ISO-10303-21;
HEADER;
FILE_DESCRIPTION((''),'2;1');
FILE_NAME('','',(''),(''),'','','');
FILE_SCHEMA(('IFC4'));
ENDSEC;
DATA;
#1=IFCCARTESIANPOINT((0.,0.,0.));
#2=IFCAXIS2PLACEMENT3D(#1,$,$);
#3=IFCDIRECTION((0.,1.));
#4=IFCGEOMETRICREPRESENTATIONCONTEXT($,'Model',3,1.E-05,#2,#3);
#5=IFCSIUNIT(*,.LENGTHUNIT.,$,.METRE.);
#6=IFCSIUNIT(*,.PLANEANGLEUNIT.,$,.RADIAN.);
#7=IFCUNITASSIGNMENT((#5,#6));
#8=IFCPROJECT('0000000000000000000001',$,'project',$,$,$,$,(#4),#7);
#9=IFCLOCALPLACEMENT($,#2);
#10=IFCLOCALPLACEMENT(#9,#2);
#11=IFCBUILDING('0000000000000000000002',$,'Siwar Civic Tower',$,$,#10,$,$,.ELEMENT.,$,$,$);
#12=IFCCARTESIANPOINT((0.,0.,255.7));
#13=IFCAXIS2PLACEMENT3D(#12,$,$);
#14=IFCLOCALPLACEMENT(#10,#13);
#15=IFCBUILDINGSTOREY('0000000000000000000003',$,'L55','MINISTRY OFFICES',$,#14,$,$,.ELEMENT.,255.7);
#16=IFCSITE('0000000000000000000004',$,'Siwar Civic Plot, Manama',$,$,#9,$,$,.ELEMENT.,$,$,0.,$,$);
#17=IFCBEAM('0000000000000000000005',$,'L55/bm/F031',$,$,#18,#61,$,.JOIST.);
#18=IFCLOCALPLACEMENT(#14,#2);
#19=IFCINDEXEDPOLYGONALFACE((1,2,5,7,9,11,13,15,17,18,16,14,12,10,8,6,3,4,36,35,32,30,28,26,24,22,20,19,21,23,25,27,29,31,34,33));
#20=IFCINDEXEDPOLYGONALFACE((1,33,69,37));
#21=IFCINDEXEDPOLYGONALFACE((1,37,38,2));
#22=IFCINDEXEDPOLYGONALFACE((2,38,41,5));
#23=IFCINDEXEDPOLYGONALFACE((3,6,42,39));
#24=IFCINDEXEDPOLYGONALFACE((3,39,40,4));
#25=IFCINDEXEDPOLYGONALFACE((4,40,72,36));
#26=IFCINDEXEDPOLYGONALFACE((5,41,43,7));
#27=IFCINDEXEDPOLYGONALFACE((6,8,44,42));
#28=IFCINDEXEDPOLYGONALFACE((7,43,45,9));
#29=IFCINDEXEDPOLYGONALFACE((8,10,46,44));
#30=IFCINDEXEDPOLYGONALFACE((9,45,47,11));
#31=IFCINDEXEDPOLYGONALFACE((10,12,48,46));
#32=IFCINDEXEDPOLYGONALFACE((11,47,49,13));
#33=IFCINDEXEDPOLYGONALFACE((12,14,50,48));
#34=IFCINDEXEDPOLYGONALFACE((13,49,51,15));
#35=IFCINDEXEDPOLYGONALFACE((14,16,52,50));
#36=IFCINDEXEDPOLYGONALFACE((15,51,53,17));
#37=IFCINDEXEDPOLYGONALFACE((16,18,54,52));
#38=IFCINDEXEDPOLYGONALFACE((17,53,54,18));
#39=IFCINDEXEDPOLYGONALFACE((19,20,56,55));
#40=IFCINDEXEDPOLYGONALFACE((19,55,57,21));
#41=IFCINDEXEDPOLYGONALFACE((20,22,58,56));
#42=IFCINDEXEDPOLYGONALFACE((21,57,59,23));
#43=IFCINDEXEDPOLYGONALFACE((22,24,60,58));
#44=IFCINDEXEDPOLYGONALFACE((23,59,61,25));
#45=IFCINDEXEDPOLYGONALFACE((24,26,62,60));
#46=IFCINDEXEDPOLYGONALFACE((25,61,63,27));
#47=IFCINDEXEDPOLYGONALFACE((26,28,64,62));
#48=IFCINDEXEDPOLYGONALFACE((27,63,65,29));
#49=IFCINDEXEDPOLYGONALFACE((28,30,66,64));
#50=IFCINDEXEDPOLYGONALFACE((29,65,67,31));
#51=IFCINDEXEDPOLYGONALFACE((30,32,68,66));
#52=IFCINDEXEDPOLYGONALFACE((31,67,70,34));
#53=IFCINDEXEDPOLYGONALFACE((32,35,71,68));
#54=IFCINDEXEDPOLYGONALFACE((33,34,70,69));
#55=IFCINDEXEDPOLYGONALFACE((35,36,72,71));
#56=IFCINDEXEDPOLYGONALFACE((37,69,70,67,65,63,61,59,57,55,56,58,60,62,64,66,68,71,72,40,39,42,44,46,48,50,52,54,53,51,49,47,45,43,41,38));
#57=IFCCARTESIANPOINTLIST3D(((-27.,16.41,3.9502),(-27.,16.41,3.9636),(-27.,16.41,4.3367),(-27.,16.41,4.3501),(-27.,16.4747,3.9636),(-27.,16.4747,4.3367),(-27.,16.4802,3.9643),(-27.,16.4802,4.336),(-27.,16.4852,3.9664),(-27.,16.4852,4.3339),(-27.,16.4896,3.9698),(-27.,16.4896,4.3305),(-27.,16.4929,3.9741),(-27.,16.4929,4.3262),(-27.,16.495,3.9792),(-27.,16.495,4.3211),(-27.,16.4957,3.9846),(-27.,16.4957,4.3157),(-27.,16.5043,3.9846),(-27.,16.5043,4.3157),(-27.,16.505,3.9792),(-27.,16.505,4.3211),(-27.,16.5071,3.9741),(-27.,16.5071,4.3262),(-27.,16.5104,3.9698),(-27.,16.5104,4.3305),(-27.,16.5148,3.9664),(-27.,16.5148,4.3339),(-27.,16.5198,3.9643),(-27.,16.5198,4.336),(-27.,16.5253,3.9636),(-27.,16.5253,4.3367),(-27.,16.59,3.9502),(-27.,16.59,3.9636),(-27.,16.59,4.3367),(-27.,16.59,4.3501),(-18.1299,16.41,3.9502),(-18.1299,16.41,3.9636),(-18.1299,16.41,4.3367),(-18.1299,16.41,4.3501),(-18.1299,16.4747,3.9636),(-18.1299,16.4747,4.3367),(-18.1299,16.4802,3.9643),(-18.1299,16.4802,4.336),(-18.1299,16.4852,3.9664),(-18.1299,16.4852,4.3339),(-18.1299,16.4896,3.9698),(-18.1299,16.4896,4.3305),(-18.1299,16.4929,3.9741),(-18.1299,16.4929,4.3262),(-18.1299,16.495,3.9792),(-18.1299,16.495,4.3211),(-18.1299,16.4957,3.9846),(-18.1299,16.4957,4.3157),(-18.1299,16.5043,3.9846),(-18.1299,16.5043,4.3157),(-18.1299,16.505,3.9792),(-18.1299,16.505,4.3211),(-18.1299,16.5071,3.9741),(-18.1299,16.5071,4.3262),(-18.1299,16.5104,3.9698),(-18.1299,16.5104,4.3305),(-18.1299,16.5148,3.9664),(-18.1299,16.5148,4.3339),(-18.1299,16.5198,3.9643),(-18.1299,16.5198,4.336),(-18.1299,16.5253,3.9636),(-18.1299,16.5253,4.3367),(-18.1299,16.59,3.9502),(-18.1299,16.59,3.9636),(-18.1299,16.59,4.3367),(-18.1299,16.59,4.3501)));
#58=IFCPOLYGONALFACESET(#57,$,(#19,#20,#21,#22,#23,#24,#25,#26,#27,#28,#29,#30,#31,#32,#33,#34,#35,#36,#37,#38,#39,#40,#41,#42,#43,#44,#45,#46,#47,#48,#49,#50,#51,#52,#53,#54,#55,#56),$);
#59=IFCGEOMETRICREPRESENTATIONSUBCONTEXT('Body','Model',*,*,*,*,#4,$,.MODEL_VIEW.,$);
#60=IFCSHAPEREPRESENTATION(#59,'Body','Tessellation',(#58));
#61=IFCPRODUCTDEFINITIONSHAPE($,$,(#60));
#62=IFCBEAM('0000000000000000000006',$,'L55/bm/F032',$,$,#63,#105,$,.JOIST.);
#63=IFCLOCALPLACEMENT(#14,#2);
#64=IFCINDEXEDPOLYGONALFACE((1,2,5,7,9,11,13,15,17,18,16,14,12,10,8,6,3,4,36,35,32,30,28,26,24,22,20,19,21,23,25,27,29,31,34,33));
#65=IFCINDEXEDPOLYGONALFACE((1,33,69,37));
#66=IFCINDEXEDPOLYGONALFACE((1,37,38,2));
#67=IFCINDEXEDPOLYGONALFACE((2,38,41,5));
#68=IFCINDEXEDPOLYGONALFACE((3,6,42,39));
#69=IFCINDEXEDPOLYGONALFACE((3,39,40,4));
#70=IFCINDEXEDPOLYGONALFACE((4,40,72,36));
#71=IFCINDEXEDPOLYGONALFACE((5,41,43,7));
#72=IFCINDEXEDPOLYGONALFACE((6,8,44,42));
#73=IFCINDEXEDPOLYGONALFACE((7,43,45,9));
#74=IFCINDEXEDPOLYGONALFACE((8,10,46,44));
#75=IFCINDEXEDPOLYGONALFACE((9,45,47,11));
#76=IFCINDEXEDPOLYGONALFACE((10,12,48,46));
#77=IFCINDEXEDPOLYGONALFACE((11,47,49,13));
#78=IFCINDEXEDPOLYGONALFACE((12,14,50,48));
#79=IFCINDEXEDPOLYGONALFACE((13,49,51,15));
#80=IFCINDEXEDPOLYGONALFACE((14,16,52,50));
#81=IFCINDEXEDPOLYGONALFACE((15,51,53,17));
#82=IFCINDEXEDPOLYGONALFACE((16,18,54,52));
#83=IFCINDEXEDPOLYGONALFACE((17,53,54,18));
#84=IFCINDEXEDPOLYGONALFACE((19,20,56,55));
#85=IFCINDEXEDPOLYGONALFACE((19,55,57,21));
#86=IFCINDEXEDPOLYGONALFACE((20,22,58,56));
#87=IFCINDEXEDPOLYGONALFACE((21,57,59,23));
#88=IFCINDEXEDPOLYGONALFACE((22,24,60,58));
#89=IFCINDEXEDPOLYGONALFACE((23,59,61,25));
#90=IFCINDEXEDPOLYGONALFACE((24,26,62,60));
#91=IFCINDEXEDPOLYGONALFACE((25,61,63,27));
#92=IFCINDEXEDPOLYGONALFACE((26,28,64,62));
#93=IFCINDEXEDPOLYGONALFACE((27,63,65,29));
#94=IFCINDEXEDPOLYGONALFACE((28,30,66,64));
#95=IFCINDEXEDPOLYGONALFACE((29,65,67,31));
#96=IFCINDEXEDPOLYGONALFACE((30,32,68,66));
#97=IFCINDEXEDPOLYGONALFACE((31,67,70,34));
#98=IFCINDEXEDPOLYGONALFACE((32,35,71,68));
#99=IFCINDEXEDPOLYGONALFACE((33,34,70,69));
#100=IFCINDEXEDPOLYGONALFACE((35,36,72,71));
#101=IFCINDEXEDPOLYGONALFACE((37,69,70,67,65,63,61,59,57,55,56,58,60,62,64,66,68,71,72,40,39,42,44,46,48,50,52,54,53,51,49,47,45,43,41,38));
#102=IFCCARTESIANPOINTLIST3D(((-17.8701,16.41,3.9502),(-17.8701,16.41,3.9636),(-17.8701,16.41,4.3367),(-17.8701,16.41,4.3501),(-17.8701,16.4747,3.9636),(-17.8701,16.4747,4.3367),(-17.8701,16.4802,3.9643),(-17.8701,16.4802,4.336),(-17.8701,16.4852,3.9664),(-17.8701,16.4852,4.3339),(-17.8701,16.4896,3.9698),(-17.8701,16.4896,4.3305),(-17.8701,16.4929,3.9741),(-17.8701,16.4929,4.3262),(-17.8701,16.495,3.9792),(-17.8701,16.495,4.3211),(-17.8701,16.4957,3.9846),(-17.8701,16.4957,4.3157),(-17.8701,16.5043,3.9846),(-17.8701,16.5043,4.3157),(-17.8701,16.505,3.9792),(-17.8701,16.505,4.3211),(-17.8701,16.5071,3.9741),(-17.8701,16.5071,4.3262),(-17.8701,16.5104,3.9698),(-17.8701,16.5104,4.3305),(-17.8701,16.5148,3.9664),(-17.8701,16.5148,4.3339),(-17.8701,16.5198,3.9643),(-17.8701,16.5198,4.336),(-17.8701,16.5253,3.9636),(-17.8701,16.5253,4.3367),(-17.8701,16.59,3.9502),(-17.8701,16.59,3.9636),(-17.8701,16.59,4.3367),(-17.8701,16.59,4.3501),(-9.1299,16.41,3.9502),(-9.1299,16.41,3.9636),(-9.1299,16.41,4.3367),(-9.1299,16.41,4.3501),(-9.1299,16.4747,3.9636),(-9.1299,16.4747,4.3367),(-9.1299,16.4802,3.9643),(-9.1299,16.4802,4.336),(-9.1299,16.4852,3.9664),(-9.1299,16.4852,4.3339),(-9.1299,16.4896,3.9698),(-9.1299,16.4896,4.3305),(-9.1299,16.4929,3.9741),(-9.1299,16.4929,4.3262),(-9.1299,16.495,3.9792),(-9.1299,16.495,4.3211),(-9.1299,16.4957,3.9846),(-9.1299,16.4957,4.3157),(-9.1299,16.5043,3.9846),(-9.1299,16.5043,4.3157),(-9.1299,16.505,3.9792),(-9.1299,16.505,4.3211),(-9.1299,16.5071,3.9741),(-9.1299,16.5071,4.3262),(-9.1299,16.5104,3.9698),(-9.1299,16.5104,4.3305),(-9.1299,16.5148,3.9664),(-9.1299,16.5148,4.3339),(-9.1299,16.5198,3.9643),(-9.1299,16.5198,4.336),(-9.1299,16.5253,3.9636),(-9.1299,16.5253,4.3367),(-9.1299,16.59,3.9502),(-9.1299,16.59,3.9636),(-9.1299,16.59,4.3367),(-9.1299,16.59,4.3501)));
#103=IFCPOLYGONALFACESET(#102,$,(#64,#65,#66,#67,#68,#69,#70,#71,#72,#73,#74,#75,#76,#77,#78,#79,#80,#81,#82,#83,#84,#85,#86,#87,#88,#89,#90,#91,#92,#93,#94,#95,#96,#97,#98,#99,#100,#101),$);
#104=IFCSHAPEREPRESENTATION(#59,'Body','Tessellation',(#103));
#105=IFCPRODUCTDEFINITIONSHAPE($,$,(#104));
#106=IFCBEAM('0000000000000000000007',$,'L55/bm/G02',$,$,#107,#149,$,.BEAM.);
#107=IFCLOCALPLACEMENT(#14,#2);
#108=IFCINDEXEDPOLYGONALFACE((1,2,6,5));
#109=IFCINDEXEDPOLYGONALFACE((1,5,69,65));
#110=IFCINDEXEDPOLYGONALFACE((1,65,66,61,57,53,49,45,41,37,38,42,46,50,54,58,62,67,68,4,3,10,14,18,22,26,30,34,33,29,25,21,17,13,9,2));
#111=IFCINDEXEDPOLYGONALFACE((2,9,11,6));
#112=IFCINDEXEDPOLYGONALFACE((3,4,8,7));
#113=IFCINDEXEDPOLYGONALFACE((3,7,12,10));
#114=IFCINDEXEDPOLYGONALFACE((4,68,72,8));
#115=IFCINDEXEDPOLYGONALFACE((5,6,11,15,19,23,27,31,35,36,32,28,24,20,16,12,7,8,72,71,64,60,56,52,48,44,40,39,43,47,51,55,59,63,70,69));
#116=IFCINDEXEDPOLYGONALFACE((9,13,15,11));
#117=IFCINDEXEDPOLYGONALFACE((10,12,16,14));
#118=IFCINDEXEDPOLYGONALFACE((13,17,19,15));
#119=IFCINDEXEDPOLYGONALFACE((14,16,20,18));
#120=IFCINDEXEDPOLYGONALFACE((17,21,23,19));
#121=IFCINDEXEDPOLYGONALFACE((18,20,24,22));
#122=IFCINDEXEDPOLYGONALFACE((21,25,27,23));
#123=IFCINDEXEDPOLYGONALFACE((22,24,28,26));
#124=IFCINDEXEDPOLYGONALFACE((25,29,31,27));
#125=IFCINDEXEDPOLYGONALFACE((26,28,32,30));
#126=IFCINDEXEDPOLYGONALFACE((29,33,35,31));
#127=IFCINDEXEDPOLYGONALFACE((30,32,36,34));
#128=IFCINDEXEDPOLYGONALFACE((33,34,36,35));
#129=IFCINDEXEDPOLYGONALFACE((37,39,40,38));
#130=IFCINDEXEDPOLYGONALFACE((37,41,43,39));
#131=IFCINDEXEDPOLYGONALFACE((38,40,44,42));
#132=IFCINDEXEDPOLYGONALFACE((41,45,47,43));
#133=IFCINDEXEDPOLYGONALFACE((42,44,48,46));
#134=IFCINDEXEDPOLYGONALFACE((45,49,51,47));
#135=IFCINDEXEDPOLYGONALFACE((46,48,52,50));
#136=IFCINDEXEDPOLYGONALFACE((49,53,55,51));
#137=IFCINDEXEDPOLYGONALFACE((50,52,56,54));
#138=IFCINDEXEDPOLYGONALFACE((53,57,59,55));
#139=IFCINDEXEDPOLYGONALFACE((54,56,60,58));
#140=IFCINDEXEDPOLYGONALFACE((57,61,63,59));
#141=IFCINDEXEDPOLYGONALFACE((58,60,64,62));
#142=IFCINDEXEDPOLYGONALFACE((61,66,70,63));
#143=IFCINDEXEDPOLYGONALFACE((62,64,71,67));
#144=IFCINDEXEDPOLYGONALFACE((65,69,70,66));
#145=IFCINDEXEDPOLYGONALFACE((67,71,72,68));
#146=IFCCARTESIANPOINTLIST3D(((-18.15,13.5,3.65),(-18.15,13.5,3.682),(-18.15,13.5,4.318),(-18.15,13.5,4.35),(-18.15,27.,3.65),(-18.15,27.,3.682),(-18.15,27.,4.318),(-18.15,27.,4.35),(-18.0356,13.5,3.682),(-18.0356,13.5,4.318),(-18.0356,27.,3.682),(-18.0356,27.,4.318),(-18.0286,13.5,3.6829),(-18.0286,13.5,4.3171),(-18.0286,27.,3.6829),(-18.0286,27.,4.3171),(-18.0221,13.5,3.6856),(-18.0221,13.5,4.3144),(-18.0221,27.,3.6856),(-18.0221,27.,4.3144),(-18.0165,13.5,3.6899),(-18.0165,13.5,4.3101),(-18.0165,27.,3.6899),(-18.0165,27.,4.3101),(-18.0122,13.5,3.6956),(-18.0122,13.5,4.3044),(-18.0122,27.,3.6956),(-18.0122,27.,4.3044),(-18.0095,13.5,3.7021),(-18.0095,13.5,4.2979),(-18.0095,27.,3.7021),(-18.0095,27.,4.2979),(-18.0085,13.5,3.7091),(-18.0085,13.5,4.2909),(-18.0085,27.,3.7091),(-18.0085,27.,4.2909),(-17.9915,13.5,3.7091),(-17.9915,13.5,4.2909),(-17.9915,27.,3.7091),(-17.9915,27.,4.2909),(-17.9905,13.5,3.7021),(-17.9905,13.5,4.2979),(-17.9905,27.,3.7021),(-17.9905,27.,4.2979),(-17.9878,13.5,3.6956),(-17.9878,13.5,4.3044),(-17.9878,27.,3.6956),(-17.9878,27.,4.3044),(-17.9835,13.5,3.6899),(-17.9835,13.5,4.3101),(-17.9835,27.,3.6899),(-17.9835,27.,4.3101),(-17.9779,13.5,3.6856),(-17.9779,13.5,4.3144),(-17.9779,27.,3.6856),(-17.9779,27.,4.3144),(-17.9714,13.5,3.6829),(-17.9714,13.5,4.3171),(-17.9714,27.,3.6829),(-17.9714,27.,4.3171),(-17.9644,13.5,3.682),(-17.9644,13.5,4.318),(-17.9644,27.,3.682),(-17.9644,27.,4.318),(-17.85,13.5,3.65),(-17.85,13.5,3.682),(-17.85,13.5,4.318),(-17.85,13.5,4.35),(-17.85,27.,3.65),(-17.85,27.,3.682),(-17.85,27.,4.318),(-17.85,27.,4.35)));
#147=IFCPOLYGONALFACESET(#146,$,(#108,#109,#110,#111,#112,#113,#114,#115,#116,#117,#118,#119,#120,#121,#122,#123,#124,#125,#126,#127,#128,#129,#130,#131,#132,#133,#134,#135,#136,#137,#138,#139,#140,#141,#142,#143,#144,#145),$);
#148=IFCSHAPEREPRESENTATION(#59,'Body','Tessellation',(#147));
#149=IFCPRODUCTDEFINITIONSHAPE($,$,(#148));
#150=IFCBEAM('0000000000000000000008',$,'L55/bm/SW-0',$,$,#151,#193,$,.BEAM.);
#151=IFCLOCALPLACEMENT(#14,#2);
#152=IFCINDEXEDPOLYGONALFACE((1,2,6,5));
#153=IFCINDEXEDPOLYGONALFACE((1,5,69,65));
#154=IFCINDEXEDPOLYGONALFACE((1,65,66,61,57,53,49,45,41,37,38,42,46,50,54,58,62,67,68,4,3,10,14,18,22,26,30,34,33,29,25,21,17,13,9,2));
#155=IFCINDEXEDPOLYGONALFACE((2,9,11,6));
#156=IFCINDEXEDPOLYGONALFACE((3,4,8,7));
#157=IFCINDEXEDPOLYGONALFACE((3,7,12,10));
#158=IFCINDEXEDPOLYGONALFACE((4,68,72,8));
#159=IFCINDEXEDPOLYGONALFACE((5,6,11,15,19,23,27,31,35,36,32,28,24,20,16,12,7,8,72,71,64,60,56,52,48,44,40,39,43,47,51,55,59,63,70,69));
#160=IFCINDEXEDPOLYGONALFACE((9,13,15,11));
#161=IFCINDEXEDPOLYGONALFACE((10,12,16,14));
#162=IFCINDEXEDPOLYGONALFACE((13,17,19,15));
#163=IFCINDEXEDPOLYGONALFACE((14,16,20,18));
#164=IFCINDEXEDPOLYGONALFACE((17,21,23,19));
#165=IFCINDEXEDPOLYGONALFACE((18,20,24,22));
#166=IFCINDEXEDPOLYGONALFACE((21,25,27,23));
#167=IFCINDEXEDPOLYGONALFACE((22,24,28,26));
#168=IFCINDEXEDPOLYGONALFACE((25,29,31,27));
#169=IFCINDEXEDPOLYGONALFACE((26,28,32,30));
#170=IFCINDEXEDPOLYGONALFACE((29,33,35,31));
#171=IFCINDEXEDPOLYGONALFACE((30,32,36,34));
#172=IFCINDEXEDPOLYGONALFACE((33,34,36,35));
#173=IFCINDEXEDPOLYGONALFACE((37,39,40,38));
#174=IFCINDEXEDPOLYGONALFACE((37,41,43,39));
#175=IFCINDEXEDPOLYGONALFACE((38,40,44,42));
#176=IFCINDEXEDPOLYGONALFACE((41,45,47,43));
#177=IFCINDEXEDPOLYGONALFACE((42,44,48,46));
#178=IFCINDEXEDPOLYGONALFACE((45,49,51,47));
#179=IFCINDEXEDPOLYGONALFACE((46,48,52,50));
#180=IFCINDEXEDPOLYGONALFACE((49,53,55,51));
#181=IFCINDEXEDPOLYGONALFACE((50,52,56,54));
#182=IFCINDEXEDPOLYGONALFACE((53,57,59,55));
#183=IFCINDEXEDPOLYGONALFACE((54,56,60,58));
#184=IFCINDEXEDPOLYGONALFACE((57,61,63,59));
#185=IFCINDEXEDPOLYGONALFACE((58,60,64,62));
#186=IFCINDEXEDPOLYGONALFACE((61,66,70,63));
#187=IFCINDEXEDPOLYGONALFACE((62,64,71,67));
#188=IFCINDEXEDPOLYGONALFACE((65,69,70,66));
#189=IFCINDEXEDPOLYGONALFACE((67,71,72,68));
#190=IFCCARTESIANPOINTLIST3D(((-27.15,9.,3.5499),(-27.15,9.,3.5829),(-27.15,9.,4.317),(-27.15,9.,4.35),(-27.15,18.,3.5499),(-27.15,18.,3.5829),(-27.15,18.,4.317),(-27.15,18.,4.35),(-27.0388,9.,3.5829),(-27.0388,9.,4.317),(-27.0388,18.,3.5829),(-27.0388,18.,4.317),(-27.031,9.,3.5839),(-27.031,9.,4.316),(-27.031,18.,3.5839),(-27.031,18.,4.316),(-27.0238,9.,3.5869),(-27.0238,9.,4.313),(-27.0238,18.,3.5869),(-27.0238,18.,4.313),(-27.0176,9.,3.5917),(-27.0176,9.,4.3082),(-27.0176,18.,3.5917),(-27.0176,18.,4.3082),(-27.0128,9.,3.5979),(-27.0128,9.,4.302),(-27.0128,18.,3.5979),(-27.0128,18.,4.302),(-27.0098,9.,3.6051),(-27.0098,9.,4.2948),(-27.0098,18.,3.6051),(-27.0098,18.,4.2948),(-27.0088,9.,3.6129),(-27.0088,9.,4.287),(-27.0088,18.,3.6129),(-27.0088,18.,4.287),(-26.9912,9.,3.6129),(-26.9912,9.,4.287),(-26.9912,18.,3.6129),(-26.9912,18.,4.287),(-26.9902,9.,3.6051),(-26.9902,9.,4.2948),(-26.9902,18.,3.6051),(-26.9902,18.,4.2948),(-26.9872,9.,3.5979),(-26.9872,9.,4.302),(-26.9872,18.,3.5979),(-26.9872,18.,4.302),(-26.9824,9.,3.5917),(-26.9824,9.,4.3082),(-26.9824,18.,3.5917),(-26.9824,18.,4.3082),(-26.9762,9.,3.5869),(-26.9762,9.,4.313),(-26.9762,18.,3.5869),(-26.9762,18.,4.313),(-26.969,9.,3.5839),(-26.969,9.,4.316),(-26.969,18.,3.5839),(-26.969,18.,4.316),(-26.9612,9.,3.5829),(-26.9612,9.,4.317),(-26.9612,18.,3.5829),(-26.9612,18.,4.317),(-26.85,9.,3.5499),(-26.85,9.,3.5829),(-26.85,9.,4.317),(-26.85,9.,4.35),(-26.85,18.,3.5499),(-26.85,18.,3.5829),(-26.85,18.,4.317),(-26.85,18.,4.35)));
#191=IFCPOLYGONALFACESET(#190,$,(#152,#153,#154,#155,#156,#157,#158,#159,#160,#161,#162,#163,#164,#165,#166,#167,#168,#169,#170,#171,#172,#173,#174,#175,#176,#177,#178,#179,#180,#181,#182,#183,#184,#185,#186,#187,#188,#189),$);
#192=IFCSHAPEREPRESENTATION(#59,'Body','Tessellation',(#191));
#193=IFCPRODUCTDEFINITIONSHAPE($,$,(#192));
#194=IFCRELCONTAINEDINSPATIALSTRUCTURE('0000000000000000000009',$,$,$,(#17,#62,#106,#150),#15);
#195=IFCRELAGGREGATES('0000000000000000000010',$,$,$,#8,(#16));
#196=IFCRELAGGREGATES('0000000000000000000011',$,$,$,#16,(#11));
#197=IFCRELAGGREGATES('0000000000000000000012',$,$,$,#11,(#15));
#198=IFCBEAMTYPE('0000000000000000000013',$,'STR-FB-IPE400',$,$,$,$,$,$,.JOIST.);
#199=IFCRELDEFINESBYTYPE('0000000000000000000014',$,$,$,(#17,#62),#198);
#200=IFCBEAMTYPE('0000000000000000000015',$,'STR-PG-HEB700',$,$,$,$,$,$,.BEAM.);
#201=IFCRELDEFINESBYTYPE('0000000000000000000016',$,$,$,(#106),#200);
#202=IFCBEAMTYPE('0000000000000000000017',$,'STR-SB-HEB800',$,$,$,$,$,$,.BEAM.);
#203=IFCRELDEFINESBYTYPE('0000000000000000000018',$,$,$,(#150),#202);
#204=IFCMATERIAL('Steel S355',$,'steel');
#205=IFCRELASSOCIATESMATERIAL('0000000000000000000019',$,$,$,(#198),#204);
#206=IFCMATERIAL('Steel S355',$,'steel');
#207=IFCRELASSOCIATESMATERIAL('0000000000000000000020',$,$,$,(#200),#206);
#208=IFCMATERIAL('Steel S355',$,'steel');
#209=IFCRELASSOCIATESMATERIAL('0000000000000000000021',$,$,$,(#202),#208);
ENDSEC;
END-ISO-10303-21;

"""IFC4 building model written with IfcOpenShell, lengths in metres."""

from ifc_helpers import new_model, si_unit, direction, frame, origin, origin_2d, place, context, subcontext, project, spatial, i_section, extrude, material, material_profile, profile_set, type_object, element, save


model = new_model("IFC4")

# Units and contexts
model_context = context("Model", 3, precision=1e-05, world=origin(), true_north=direction((0.0, 1.0)))
body_context = subcontext(model_context, "Body", "Model", "MODEL_VIEW")
ifc_project = project(units=[si_unit("LENGTHUNIT", "METRE"), si_unit("PLANEANGLEUNIT", "RADIAN")], contexts=[model_context])

# Site, building, storey
site_placement = place(None, origin())
site = spatial("IfcSite", under=ifc_project, at=site_placement, Name="Siwar Civic Plot, Manama", CompositionType="ELEMENT", RefElevation=0.0)
building_placement = place(site_placement, origin())
building = spatial("IfcBuilding", under=site, at=building_placement, Name="Siwar Civic Tower", CompositionType="ELEMENT")
storey_placement = place(building_placement, frame((0.0, 0.0, 255.7)))
storey = spatial("IfcBuildingStorey", under=building, at=storey_placement, Name="L55", Description="MINISTRY OFFICES", CompositionType="ELEMENT", Elevation=255.7)

# Beams
ifc_material_1 = material(Name="Steel S355", Category="steel")
ifc_material_profile_1 = material_profile(ifc_material_1, i_section(OverallWidth=0.1799, OverallDepth=0.3999, WebThickness=0.0085, FlangeThickness=0.0134, FilletRadius=0.021, at=origin_2d()), Name="IPE400")
ifc_profile_set_1 = profile_set([ifc_material_profile_1], Name="Steel S355")
beam_type_1 = type_object("IfcBeamType", Name="STR-FB-IPE400", PredefinedType="JOIST", material=ifc_profile_set_1)
beam_1_placement = place(storey_placement, frame((-27.0, 16.5, 4.1501), z_axis=(1.0, 0.0, 0.0), x_axis=(0.0, 1.0, 0.0)))
element("IfcBeam", 1, at=beam_1_placement, inside=storey, type_object=beam_type_1, Name="L55/bm/F031", PredefinedType="JOIST", context=body_context, shape_type="SweptSolid", body=[
    extrude(i_section(OverallWidth=0.1799, OverallDepth=0.3999, WebThickness=0.0085, FlangeThickness=0.0134, FilletRadius=0.021, at=origin_2d()), origin(), (0.0, 0.0, 1.0), 8.8701),
])
beam_2_placement = place(storey_placement, frame((-17.8701, 16.5, 4.1501), z_axis=(1.0, 0.0, 0.0), x_axis=(0.0, 1.0, 0.0)))
element("IfcBeam", 2, at=beam_2_placement, inside=storey, type_object=beam_type_1, Name="L55/bm/F032", PredefinedType="JOIST", context=body_context, shape_type="SweptSolid", body=[
    extrude(i_section(OverallWidth=0.1799, OverallDepth=0.3999, WebThickness=0.0085, FlangeThickness=0.0134, FilletRadius=0.021, at=origin_2d()), origin(), (0.0, 0.0, 1.0), 8.7402),
])
ifc_material_2 = material(Name="Steel S355", Category="steel")
ifc_material_profile_2 = material_profile(ifc_material_2, i_section(OverallWidth=0.3, OverallDepth=0.7, WebThickness=0.0171, FlangeThickness=0.032, FilletRadius=0.0271, at=origin_2d()), Name="HEB700")
ifc_profile_set_2 = profile_set([ifc_material_profile_2], Name="Steel S355")
beam_type_2 = type_object("IfcBeamType", Name="STR-PG-HEB700", PredefinedType="BEAM", material=ifc_profile_set_2)
beam_3_placement = place(storey_placement, frame((-18.0, 13.5, 4.0), z_axis=(0.0, 1.0, 0.0), x_axis=(-1.0, 0.0, 0.0)))
element("IfcBeam", 3, at=beam_3_placement, inside=storey, type_object=beam_type_2, Name="L55/bm/G02", PredefinedType="BEAM", context=body_context, shape_type="SweptSolid", body=[
    extrude(i_section(OverallWidth=0.3, OverallDepth=0.7, WebThickness=0.0171, FlangeThickness=0.032, FilletRadius=0.0271, at=origin_2d()), origin(), (0.0, 0.0, 1.0), 13.5),
])
ifc_material_3 = material(Name="Steel S355", Category="steel")
ifc_material_profile_3 = material_profile(ifc_material_3, i_section(OverallWidth=0.3, OverallDepth=0.8, WebThickness=0.0176, FlangeThickness=0.033, FilletRadius=0.03, at=origin_2d()), Name="HEB800")
ifc_profile_set_3 = profile_set([ifc_material_profile_3], Name="Steel S355")
beam_type_3 = type_object("IfcBeamType", Name="STR-SB-HEB800", PredefinedType="BEAM", material=ifc_profile_set_3)
for number, where, z_axis, x_axis, name in (
    (4, (-27.0, 18.0, 3.95), (0.0, -1.0, 0.0), (1.0, 0.0, 0.0), "L55/bm/SW-0"),
):
    element("IfcBeam", number, at=place(storey_placement, frame(where, z_axis=z_axis, x_axis=x_axis)), inside=storey, type_object=beam_type_3, Name=name, PredefinedType="BEAM", context=body_context, shape_type="SweptSolid", body=[
        extrude(i_section(OverallWidth=0.3, OverallDepth=0.8, WebThickness=0.0176, FlangeThickness=0.033, FilletRadius=0.03, at=origin_2d()), origin(), (0.0, 0.0, 1.0), 9.0),
    ])

save(model, "model.ifc")
